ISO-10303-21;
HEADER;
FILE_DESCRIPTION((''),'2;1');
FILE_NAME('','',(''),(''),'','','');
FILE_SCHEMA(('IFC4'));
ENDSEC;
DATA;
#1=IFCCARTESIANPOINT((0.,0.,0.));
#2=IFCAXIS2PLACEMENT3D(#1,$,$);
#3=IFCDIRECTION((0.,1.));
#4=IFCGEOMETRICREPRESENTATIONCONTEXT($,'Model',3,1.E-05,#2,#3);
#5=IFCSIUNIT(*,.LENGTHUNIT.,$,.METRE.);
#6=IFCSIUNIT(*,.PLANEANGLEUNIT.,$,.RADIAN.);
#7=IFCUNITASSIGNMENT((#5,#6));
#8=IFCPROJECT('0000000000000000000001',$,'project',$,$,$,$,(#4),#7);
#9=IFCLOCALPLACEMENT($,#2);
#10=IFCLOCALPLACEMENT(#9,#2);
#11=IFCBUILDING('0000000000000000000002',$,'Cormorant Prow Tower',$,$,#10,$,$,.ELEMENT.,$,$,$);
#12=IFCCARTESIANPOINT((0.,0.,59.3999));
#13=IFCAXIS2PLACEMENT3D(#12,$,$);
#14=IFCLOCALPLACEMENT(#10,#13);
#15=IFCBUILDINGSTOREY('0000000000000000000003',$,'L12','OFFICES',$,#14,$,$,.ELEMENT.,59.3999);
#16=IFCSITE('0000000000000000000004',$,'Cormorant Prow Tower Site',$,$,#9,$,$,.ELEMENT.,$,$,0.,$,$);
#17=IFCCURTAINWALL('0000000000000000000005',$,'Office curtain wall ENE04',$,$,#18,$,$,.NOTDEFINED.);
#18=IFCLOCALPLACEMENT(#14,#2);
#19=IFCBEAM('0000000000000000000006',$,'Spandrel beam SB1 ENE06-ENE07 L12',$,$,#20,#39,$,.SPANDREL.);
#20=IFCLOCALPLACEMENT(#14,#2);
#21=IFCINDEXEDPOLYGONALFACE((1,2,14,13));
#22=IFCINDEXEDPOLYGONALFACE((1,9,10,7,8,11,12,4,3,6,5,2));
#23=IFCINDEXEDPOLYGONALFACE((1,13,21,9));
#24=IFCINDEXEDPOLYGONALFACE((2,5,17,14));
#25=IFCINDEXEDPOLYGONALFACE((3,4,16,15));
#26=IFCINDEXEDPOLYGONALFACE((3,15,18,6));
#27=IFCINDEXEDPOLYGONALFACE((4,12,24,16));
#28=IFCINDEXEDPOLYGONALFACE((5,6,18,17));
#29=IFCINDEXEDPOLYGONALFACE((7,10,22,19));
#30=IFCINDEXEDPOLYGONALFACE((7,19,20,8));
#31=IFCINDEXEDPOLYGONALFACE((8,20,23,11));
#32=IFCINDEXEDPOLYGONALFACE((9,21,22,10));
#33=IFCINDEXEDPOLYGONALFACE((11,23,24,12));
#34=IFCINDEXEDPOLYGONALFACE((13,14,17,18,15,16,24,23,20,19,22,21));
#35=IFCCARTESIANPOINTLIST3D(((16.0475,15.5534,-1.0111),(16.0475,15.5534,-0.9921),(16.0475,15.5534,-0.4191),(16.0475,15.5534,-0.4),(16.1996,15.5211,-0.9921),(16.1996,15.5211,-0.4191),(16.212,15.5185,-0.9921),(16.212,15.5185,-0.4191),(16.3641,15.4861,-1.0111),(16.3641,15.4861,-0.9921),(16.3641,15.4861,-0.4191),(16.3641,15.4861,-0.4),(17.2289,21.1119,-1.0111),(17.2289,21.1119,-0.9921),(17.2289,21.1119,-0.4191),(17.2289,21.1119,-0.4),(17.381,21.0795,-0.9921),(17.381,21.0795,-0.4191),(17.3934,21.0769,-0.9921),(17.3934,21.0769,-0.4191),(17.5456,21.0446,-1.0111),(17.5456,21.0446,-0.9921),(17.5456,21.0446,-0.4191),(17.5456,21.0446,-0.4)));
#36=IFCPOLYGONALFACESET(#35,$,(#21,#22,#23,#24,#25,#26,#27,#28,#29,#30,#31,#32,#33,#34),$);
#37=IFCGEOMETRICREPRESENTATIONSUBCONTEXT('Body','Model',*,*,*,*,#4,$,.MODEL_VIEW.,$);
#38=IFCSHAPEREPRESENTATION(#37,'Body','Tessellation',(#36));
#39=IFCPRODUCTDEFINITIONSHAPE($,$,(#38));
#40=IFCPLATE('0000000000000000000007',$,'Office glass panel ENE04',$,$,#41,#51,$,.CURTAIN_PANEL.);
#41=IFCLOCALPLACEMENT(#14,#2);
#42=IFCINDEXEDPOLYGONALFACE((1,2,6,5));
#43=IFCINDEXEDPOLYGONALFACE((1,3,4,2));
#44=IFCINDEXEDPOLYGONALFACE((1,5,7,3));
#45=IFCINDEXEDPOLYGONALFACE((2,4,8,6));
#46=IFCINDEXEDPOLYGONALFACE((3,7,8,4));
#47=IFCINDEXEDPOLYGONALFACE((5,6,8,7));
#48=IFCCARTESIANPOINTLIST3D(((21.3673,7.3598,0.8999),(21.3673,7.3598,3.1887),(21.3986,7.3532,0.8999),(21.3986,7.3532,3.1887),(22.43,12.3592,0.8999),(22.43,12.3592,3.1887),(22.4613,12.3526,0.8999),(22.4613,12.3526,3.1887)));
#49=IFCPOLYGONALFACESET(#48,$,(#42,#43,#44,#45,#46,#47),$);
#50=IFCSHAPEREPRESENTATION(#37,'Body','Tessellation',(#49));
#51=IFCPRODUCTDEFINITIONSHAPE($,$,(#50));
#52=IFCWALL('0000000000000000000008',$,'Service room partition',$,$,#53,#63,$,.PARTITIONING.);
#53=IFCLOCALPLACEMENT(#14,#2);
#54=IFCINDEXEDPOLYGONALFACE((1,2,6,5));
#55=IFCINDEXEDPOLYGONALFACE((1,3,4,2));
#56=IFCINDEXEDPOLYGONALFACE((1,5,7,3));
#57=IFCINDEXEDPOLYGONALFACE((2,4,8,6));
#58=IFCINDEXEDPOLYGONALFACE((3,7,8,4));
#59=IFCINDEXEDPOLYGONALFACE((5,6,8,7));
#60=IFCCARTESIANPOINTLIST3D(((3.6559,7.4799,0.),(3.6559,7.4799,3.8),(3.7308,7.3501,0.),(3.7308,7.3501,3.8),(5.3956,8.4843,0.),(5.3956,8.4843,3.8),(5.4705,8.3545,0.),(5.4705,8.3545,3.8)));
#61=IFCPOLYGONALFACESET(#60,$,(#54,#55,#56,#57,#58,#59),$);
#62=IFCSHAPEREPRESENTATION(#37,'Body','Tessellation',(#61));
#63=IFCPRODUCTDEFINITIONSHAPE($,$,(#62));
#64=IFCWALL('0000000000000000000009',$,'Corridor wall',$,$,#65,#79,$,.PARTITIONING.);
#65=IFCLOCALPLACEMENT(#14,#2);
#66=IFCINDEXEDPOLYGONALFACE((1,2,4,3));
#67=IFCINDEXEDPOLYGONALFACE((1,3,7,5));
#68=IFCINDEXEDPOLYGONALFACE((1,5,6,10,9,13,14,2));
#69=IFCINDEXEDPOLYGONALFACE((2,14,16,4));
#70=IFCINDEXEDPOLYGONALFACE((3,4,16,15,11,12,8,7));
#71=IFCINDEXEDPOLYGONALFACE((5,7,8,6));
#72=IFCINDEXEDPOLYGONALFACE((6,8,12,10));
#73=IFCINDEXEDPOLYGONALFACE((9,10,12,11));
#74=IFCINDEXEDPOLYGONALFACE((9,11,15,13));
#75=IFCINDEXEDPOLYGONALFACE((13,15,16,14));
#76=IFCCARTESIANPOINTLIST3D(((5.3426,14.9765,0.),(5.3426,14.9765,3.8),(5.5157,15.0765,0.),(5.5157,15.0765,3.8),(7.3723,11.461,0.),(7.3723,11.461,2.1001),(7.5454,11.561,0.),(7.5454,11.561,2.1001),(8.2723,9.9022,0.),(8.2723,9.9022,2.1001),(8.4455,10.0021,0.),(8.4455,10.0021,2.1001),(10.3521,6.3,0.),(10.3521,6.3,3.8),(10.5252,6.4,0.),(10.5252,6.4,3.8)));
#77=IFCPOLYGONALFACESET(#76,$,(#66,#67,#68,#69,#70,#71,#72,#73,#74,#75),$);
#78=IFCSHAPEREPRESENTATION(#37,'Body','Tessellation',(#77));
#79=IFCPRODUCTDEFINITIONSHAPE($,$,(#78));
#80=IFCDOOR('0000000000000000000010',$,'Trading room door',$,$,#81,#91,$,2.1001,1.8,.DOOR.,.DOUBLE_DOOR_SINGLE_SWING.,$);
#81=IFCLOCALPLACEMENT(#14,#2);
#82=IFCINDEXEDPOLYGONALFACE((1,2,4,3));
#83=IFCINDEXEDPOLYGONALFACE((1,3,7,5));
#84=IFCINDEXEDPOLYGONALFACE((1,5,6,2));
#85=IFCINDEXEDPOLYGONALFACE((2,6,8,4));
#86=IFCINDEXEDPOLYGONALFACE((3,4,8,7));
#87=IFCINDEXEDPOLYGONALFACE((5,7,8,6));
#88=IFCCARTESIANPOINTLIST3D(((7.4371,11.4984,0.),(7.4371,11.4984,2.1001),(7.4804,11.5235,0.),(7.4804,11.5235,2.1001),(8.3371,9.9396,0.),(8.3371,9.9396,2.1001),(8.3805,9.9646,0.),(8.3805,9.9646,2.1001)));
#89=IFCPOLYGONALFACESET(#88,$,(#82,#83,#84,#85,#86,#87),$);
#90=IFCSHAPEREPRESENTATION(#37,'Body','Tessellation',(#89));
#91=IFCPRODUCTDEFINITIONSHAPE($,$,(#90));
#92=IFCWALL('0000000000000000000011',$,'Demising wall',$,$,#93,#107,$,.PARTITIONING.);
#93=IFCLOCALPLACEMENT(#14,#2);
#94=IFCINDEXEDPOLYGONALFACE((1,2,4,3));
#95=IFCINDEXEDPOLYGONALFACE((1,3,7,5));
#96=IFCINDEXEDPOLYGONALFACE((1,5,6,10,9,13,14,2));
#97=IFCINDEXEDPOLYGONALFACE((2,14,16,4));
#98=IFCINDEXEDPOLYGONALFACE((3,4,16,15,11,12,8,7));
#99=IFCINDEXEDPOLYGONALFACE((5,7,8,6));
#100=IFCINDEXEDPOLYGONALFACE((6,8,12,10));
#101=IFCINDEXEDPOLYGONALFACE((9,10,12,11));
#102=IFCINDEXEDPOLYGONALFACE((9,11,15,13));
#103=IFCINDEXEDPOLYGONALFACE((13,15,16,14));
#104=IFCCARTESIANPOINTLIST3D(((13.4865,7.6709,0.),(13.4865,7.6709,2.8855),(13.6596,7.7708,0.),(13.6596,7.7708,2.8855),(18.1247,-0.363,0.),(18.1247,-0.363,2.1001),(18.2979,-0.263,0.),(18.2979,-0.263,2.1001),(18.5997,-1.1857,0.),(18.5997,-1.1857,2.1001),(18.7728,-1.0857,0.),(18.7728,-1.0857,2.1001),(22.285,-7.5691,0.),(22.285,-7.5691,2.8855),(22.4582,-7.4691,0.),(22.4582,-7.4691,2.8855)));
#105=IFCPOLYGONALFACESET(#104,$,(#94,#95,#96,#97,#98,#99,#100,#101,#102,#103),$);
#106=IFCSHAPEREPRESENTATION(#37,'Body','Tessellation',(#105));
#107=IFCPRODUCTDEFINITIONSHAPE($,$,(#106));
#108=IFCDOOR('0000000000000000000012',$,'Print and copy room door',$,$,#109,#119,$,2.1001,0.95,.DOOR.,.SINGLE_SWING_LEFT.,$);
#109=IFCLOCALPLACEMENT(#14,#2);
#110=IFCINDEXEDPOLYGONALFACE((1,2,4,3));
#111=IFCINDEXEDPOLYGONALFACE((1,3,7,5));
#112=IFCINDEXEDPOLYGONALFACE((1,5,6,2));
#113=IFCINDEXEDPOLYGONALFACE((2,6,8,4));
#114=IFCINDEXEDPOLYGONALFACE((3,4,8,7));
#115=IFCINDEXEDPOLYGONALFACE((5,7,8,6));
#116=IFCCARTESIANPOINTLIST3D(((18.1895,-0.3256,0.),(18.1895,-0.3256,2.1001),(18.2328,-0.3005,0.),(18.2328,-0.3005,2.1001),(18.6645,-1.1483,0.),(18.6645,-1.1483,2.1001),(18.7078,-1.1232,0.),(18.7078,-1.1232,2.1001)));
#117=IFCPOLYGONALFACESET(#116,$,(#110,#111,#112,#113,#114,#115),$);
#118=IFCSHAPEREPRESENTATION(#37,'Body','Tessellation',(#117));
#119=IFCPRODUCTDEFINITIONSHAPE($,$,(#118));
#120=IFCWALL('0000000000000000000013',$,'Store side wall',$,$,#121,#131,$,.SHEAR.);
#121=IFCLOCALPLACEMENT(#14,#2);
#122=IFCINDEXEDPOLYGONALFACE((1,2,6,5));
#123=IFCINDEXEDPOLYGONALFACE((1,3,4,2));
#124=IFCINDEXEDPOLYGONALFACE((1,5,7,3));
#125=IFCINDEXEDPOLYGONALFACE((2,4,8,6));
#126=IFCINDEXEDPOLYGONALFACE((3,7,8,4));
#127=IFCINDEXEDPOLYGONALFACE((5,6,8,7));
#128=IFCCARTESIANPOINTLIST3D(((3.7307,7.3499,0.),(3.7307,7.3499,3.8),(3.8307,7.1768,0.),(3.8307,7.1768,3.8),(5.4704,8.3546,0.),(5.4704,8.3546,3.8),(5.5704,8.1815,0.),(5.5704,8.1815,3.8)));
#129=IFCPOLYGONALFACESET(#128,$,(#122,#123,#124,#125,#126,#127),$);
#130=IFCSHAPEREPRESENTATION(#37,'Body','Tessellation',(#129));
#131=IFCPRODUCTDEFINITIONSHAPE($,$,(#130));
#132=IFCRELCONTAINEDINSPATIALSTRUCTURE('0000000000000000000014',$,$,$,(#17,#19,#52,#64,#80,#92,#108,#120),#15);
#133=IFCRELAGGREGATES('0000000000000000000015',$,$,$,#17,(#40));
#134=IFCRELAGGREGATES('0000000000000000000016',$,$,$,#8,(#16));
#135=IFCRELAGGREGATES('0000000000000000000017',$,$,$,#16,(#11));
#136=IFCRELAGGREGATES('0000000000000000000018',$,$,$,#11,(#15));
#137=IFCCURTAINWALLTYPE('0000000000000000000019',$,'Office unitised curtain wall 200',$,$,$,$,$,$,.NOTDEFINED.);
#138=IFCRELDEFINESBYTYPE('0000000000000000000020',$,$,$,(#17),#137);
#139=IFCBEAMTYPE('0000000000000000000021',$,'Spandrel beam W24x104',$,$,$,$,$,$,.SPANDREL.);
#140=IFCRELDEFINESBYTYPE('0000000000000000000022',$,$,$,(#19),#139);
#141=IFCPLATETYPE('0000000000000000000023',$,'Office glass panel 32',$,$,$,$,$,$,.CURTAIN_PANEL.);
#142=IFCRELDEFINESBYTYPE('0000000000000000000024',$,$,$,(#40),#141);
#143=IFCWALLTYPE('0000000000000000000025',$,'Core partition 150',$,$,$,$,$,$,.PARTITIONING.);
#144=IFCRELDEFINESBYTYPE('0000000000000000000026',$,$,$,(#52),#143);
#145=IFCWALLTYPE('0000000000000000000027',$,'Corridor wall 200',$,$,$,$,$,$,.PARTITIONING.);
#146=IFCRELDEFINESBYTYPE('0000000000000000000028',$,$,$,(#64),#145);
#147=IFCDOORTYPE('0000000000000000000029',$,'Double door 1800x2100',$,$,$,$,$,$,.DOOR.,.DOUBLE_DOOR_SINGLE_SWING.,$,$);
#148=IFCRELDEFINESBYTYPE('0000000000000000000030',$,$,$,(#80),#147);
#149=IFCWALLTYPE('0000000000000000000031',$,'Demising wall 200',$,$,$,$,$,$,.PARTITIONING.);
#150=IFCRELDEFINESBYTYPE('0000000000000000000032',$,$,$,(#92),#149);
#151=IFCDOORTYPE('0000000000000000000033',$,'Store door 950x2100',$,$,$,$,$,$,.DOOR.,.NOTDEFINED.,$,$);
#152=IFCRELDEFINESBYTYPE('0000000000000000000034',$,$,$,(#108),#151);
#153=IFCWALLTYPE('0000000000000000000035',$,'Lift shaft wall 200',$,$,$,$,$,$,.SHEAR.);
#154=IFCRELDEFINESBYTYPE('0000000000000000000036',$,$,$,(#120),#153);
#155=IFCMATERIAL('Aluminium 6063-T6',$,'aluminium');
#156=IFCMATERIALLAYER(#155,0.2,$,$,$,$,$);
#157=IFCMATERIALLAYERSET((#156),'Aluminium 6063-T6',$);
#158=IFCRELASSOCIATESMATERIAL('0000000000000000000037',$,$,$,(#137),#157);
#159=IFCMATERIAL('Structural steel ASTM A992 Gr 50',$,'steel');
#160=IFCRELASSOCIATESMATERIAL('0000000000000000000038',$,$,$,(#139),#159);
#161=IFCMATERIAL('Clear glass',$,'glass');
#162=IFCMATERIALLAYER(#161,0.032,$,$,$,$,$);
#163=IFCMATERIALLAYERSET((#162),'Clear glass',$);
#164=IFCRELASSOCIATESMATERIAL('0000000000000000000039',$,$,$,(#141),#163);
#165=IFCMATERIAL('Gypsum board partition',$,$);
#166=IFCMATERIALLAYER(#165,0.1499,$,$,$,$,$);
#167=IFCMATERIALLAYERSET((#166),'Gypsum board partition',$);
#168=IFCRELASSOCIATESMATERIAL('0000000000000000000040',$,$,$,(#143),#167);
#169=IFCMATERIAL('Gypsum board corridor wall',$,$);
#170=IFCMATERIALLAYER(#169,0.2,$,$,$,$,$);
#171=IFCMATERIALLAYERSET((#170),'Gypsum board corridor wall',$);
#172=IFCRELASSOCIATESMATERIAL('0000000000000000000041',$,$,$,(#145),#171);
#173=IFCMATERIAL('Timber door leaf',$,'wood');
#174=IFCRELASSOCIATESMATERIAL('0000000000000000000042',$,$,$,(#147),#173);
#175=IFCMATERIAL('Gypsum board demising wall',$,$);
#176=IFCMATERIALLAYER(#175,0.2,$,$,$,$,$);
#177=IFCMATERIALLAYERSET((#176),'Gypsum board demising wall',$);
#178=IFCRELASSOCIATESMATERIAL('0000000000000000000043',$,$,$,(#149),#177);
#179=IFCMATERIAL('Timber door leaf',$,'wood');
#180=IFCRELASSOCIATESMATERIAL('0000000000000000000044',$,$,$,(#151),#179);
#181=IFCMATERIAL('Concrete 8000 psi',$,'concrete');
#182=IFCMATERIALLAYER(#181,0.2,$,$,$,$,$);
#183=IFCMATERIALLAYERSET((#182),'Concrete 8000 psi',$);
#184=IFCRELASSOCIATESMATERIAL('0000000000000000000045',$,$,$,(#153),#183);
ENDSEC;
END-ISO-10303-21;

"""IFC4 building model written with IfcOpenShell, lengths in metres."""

from ifc_helpers import new_model, si_unit, direction, frame, frame_2d, origin, origin_2d, place, context, subcontext, project, spatial, rectangle, i_section, extrude, material, layer, layer_set, material_profile, profile_set, type_object, element, fill, aggregate, save


model = new_model("IFC4")

# Units and contexts
model_context = context("Model", 3, precision=1e-05, world=origin(), true_north=direction((0.0, 1.0)))
body_context = subcontext(model_context, "Body", "Model", "MODEL_VIEW")
ifc_project = project(units=[si_unit("LENGTHUNIT", "METRE"), si_unit("PLANEANGLEUNIT", "RADIAN")], contexts=[model_context])

# Site, building, storey
site_placement = place(None, origin())
site = spatial("IfcSite", under=ifc_project, at=site_placement, Name="Cormorant Prow Tower Site", CompositionType="ELEMENT", RefElevation=0.0)
building_placement = place(site_placement, origin())
building = spatial("IfcBuilding", under=site, at=building_placement, Name="Cormorant Prow Tower", CompositionType="ELEMENT")
storey_placement = place(building_placement, frame((0.0, 0.0, 59.3999)))
storey = spatial("IfcBuildingStorey", under=building, at=storey_placement, Name="L12", Description="OFFICES", CompositionType="ELEMENT", Elevation=59.3999)

# Curtain wall
ifc_material_1 = material(Name="Aluminium 6063-T6", Category="aluminium")
ifc_layer_1 = layer(ifc_material_1, 0.2)
ifc_layer_set_1 = layer_set([ifc_layer_1], Name="Aluminium 6063-T6")
curtain_wall_type = type_object("IfcCurtainWallType", Name="Office unitised curtain wall 200", PredefinedType="NOTDEFINED", material=ifc_layer_set_1)
curtain_wall_1_placement = place(storey_placement, origin())
curtain_wall_1 = element("IfcCurtainWall", 1, at=curtain_wall_1_placement, inside=storey, type_object=curtain_wall_type, Name="Office curtain wall ENE04", PredefinedType="NOTDEFINED")

# Beam
ifc_material_2 = material(Name="Structural steel ASTM A992 Gr 50", Category="steel")
ifc_material_profile_1 = material_profile(ifc_material_2, i_section(OverallWidth=0.3237, OverallDepth=0.6111, WebThickness=0.0127, FlangeThickness=0.019, at=origin_2d()), Name="W24x104")
ifc_profile_set_1 = profile_set([ifc_material_profile_1], Name="Structural steel ASTM A992 Gr 50")
beam_type_1 = type_object("IfcBeamType", Name="Spandrel beam W24x104", PredefinedType="SPANDREL", material=ifc_profile_set_1)
beam_1_placement = place(storey_placement, frame((16.2058, 15.5198, -0.7056), z_axis=(0.2079, 0.97815, 0.0), x_axis=(-0.97815, 0.2079, 0.0)))
element("IfcBeam", 2, at=beam_1_placement, inside=storey, type_object=beam_type_1, Name="Spandrel beam SB1 ENE06-ENE07 L12", PredefinedType="SPANDREL", context=body_context, shape_type="SweptSolid", body=[
    extrude(i_section(OverallWidth=0.3237, OverallDepth=0.6111, WebThickness=0.0127, FlangeThickness=0.019, at=origin_2d()), origin(), (0.0, 0.0, 1.0), 5.6826),
])

# Plate
ifc_material_3 = material(Name="Clear glass", Category="glass")
ifc_layer_2 = layer(ifc_material_3, 0.032)
ifc_layer_set_2 = layer_set([ifc_layer_2], Name="Clear glass")
plate_type = type_object("IfcPlateType", Name="Office glass panel 32", PredefinedType="CURTAIN_PANEL", material=ifc_layer_set_2)
plate_placement = place(storey_placement, frame((21.9143, 9.8562, 0.8999), z_axis=(0.0, 0.0, 1.0), x_axis=(0.207912, 0.978148, 0.0)))
plate = element("IfcPlate", 3, at=plate_placement, type_object=plate_type, Name="Office glass panel ENE04", PredefinedType="CURTAIN_PANEL", context=body_context, shape_type="SweptSolid", body=[
    extrude(rectangle(XDim=5.1111, YDim=0.032, at=origin_2d()), origin(), (0.0, 0.0, 1.0), 2.2888),
])
aggregate(curtain_wall_1, [plate])

# Wall
ifc_material_4 = material(Name="Gypsum board partition")
ifc_layer_3 = layer(ifc_material_4, 0.1499)
ifc_layer_set_3 = layer_set([ifc_layer_3], Name="Gypsum board partition")
wall_type_1 = type_object("IfcWallType", Name="Core partition 150", PredefinedType="PARTITIONING", material=ifc_layer_set_3)
wall_1_placement = place(storey_placement, frame((3.6934, 7.415, 0.0), z_axis=(0.0, 0.0, 1.0), x_axis=(0.866036, 0.499982, 0.0)))
element("IfcWall", 4, at=wall_1_placement, inside=storey, type_object=wall_type_1, Name="Service room partition", PredefinedType="PARTITIONING", context=body_context, shape_type="SweptSolid", body=[
    extrude(rectangle(XDim=2.0088, YDim=0.1499, at=frame_2d((1.0044, 0.0))), origin(), (0.0, 0.0, 1.0), 3.8),
])

# Walls, openings, doors
ifc_material_5 = material(Name="Gypsum board corridor wall")
ifc_layer_4 = layer(ifc_material_5, 0.2)
ifc_layer_set_4 = layer_set([ifc_layer_4], Name="Gypsum board corridor wall")
wall_type_2 = type_object("IfcWallType", Name="Corridor wall 200", PredefinedType="PARTITIONING", material=ifc_layer_set_4)
wall_2_placement = place(storey_placement, frame((5.4292, 15.0264, 0.0), z_axis=(0.0, 0.0, 1.0), x_axis=(0.50001, -0.86602, 0.0)))
wall_2 = element("IfcWall", 5, at=wall_2_placement, inside=storey, type_object=wall_type_2, Name="Corridor wall", PredefinedType="PARTITIONING", context=body_context, shape_type="SweptSolid", body=[
    extrude(rectangle(XDim=10.0188, YDim=0.2, at=frame_2d((5.0093, 0.0))), origin(), (0.0, 0.0, 1.0), 3.8),
])
opening_1_placement = place(wall_2_placement, frame((4.0593, 0.0, 0.0)))
opening_1 = element("IfcOpeningElement", 6, at=opening_1_placement, cuts=wall_2, PredefinedType="OPENING", context=body_context, shape_type="SweptSolid", body=[
    extrude(rectangle(XDim=1.8, YDim=2.1001, at=frame_2d((0.8999, 1.05))), frame((0.0, 0.1099, 0.0), z_axis=(0.0, -1.0, 0.0), x_axis=(1.0, 0.0, 0.0)), (0.0, 0.0, 1.0), 0.22),
])
ifc_material_6 = material(Name="Timber door leaf", Category="wood")
door_type_1 = type_object("IfcDoorType", Name="Double door 1800x2100", OperationType="DOUBLE_DOOR_SINGLE_SWING", PredefinedType="DOOR", material=ifc_material_6)
door_1_placement = place(opening_1_placement, origin())
door_1 = element("IfcDoor", 7, at=door_1_placement, inside=storey, type_object=door_type_1, Name="Trading room door", OperationType="DOUBLE_DOOR_SINGLE_SWING", OverallHeight=2.1001, OverallWidth=1.8, PredefinedType="DOOR", context=body_context, shape_type="SweptSolid", body=[
    extrude(rectangle(XDim=1.8, YDim=2.1001, at=frame_2d((0.8999, 1.05))), frame((0.0, 0.0249, 0.0), z_axis=(0.0, -1.0, 0.0), x_axis=(1.0, 0.0, 0.0)), (0.0, 0.0, 1.0), 0.05),
])
fill(opening_1, door_1)
ifc_material_7 = material(Name="Gypsum board demising wall")
ifc_layer_5 = layer(ifc_material_7, 0.2)
ifc_layer_set_5 = layer_set([ifc_layer_5], Name="Gypsum board demising wall")
wall_type_3 = type_object("IfcWallType", Name="Demising wall 200", PredefinedType="PARTITIONING", material=ifc_layer_set_5)
wall_3_placement = place(storey_placement, frame((13.573, 7.7209, 0.0), z_axis=(0.0, 0.0, 1.0), x_axis=(0.49999, -0.866031, 0.0)))
wall_3 = element("IfcWall", 8, at=wall_3_placement, inside=storey, type_object=wall_type_3, Name="Demising wall", PredefinedType="PARTITIONING", context=body_context, shape_type="SweptSolid", body=[
    extrude(rectangle(XDim=17.5974, YDim=0.2, at=frame_2d((8.7988, 0.0))), origin(), (0.0, 0.0, 1.0), 2.8855),
])
opening_2_placement = place(wall_3_placement, frame((9.2766, 0.0, 0.0)))
opening_2 = element("IfcOpeningElement", 9, at=opening_2_placement, cuts=wall_3, PredefinedType="OPENING", context=body_context, shape_type="SweptSolid", body=[
    extrude(rectangle(XDim=0.95, YDim=2.1001, at=frame_2d((0.4751, 1.05))), frame((0.0, 0.1099, 0.0), z_axis=(0.0, -1.0, 0.0), x_axis=(1.0, 0.0, 0.0)), (0.0, 0.0, 1.0), 0.22),
])
ifc_material_8 = material(Name="Timber door leaf", Category="wood")
door_type_2 = type_object("IfcDoorType", Name="Store door 950x2100", OperationType="NOTDEFINED", PredefinedType="DOOR", material=ifc_material_8)
door_2_placement = place(opening_2_placement, origin())
door_2 = element("IfcDoor", 10, at=door_2_placement, inside=storey, type_object=door_type_2, Name="Print and copy room door", OperationType="SINGLE_SWING_LEFT", OverallHeight=2.1001, OverallWidth=0.95, PredefinedType="DOOR", context=body_context, shape_type="SweptSolid", body=[
    extrude(rectangle(XDim=0.95, YDim=2.1001, at=frame_2d((0.4751, 1.05))), frame((0.0, 0.0249, 0.0), z_axis=(0.0, -1.0, 0.0), x_axis=(1.0, 0.0, 0.0)), (0.0, 0.0, 1.0), 0.05),
])
fill(opening_2, door_2)

# Wall
ifc_material_9 = material(Name="Concrete 8000 psi", Category="concrete")
ifc_layer_6 = layer(ifc_material_9, 0.2)
ifc_layer_set_6 = layer_set([ifc_layer_6], Name="Concrete 8000 psi")
wall_type_4 = type_object("IfcWallType", Name="Lift shaft wall 200", PredefinedType="SHEAR", material=ifc_layer_set_6)
wall_4_placement = place(storey_placement, frame((3.7808, 7.2634, 0.0), z_axis=(0.0, 0.0, 1.0), x_axis=(0.865983, 0.500073, 0.0)))
element("IfcWall", 11, at=wall_4_placement, inside=storey, type_object=wall_type_4, Name="Store side wall", PredefinedType="SHEAR", context=body_context, shape_type="SweptSolid", body=[
    extrude(rectangle(XDim=2.009, YDim=0.2, at=frame_2d((1.0044, 0.0))), origin(), (0.0, 0.0, 1.0), 3.8),
])

save(model, "model.ifc")
